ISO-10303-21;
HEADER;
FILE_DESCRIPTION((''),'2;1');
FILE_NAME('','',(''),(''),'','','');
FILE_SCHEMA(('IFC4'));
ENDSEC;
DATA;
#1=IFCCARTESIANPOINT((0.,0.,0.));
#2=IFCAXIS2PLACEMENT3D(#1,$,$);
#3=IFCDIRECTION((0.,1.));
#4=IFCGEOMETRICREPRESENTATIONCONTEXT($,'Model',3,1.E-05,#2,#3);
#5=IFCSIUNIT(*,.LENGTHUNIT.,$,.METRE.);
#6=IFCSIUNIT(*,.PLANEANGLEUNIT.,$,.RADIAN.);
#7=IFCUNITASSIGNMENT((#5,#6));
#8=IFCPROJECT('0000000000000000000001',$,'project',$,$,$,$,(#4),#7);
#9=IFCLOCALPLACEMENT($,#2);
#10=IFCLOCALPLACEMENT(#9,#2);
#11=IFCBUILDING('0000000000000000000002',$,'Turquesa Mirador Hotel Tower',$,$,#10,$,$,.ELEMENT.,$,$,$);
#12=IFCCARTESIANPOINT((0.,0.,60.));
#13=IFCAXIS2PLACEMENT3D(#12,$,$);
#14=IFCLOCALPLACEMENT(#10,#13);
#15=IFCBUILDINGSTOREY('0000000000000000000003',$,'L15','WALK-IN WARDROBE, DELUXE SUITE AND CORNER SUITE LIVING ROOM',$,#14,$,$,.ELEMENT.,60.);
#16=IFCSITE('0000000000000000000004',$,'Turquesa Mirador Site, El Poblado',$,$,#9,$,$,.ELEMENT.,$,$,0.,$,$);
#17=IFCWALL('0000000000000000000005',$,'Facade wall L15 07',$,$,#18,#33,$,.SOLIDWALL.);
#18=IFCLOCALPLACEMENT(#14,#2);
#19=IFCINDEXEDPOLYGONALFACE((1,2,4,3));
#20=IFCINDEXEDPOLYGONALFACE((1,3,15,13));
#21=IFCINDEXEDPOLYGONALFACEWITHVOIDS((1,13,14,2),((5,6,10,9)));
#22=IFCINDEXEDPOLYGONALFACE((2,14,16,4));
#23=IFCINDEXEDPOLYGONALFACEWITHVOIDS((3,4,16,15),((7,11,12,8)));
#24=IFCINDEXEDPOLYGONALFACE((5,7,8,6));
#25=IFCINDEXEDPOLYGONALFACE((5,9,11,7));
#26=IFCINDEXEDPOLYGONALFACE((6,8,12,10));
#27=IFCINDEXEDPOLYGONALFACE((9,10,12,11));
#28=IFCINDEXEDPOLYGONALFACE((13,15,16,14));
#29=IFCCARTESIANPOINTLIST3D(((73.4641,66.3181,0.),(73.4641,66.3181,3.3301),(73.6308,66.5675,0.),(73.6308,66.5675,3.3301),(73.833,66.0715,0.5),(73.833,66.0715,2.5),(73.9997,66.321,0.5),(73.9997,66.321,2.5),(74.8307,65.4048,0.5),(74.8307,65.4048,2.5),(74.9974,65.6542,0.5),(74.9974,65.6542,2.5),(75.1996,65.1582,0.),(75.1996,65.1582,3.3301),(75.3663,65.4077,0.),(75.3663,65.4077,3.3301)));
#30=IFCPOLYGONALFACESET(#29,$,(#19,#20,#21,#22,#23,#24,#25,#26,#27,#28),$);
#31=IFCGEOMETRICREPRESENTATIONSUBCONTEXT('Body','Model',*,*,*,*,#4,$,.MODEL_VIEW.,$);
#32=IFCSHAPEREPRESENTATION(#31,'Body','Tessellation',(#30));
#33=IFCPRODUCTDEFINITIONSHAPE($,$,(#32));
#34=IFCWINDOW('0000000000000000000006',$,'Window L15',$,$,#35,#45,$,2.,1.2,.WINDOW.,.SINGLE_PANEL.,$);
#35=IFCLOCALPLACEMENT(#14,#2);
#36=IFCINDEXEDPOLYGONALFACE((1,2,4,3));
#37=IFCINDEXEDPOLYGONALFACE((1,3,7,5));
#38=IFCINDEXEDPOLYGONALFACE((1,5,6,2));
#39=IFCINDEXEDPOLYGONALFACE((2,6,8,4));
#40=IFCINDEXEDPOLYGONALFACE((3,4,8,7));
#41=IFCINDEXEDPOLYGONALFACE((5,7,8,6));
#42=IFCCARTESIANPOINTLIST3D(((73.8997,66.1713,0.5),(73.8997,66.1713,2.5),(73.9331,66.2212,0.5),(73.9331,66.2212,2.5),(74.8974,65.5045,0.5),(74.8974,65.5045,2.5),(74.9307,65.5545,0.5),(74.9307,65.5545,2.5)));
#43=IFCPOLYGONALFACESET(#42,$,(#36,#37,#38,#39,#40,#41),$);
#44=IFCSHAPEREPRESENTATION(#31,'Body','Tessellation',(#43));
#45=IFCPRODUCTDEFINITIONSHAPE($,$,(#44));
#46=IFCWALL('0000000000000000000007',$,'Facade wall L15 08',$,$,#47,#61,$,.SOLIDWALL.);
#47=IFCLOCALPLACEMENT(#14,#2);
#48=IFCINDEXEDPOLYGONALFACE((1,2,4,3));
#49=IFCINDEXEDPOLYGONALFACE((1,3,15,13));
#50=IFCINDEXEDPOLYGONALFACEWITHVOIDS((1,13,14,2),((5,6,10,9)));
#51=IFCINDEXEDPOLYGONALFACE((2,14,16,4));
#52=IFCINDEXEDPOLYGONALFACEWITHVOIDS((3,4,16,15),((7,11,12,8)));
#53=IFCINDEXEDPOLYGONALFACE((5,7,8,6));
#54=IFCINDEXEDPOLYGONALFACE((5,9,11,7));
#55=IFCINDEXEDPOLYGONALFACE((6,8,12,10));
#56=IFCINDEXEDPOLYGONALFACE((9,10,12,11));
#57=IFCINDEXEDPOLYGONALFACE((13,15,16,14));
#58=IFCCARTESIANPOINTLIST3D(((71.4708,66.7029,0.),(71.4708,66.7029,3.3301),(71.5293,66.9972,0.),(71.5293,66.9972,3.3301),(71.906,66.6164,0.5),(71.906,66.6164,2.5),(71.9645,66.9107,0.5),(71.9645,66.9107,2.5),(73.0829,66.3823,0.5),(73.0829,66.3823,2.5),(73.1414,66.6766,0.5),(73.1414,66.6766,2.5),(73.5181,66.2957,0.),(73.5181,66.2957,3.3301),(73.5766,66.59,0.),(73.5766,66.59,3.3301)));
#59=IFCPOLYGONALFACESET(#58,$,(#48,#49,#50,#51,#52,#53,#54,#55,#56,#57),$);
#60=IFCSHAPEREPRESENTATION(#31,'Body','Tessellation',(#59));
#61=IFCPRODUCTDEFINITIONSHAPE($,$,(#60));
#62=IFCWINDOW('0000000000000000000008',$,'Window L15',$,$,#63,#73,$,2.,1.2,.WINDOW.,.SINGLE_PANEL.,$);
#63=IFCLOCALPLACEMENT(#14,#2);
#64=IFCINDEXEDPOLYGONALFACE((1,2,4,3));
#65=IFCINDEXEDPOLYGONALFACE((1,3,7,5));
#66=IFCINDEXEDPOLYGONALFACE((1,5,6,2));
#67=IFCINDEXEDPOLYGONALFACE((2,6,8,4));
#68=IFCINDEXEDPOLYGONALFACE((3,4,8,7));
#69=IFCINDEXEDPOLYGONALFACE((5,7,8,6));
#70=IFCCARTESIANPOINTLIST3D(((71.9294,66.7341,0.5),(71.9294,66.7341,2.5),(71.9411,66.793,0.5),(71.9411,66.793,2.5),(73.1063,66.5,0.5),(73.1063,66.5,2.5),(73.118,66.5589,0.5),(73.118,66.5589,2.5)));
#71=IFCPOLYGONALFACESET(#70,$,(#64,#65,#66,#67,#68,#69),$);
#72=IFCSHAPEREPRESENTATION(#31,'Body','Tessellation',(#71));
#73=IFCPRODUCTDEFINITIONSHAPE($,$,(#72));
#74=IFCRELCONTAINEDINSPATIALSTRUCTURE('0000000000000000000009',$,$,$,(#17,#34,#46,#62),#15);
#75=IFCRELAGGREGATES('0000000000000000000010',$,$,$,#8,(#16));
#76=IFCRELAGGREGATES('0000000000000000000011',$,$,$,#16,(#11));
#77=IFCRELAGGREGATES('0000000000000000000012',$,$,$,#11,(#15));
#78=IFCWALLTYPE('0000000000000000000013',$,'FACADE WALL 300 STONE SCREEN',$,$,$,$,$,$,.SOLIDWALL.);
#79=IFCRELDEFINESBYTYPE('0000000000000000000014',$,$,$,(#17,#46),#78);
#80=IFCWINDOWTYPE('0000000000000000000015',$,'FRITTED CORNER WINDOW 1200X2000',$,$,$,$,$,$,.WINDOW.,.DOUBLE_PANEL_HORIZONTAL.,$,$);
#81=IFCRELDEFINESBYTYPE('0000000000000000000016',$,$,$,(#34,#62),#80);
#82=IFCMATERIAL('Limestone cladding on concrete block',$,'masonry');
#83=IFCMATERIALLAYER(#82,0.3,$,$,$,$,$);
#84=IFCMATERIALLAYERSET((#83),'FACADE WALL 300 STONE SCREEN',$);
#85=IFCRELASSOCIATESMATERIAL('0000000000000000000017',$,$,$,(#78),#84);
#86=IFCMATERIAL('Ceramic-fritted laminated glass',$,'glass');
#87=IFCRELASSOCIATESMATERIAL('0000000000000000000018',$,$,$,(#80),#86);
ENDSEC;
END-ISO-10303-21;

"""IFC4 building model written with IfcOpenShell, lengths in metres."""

from ifc_helpers import new_model, si_unit, direction, frame, frame_2d, origin, place, context, subcontext, project, spatial, rectangle, extrude, material, layer, layer_set, type_object, element, fill, save


model = new_model("IFC4")

# Units and contexts
model_context = context("Model", 3, precision=1e-05, world=origin(), true_north=direction((0.0, 1.0)))
body_context = subcontext(model_context, "Body", "Model", "MODEL_VIEW")
ifc_project = project(units=[si_unit("LENGTHUNIT", "METRE"), si_unit("PLANEANGLEUNIT", "RADIAN")], contexts=[model_context])

# Site, building, storey
site_placement = place(None, origin())
site = spatial("IfcSite", under=ifc_project, at=site_placement, Name="Turquesa Mirador Site, El Poblado", CompositionType="ELEMENT", RefElevation=0.0)
building_placement = place(site_placement, origin())
building = spatial("IfcBuilding", under=site, at=building_placement, Name="Turquesa Mirador Hotel Tower", CompositionType="ELEMENT")
storey_placement = place(building_placement, frame((0.0, 0.0, 60.0)))
storey = spatial("IfcBuildingStorey", under=building, at=storey_placement, Name="L15", Description="WALK-IN WARDROBE, DELUXE SUITE AND CORNER SUITE LIVING ROOM", CompositionType="ELEMENT", Elevation=60.0)

# Walls, openings, windows
ifc_material_1 = material(Name="Limestone cladding on concrete block", Category="masonry")
ifc_layer = layer(ifc_material_1, 0.3)
ifc_layer_set = layer_set([ifc_layer], Name="FACADE WALL 300 STONE SCREEN")
wall_type = type_object("IfcWallType", Name="FACADE WALL 300 STONE SCREEN", PredefinedType="SOLIDWALL", material=ifc_layer_set)
ifc_material_2 = material(Name="Ceramic-fritted laminated glass", Category="glass")
window_type = type_object("IfcWindowType", Name="FRITTED CORNER WINDOW 1200X2000", PartitioningType="DOUBLE_PANEL_HORIZONTAL", PredefinedType="WINDOW", material=ifc_material_2)
wall_1_placement = place(storey_placement, frame((75.283, 65.283, 0.0), z_axis=(0.0, 0.0, 1.0), x_axis=(-0.83142, 0.555644, 0.0)))
wall_1 = element("IfcWall", 1, at=wall_1_placement, inside=storey, type_object=wall_type, Name="Facade wall L15 07", PredefinedType="SOLIDWALL", context=body_context, shape_type="SweptSolid", body=[
    extrude(rectangle(XDim=2.0874, YDim=0.3, at=frame_2d((1.0437, 0.0))), origin(), (0.0, 0.0, 1.0), 3.3301),
])
opening_1_placement = place(wall_1_placement, frame((0.4436, 0.0, 0.5)))
opening_1 = element("IfcOpeningElement", 2, at=opening_1_placement, cuts=wall_1, PredefinedType="OPENING", context=body_context, shape_type="SweptSolid", body=[
    extrude(rectangle(XDim=1.2, YDim=2.0, at=frame_2d((0.6001, 1.0))), frame((0.0, 0.1599, 0.0), z_axis=(0.0, -1.0, 0.0), x_axis=(1.0, 0.0, 0.0)), (0.0, 0.0, 1.0), 0.3201),
])
window_1_placement = place(opening_1_placement, origin())
window_1 = element("IfcWindow", 3, at=window_1_placement, inside=storey, type_object=window_type, Name="Window L15", OverallHeight=2.0, OverallWidth=1.2, PartitioningType="SINGLE_PANEL", PredefinedType="WINDOW", context=body_context, shape_type="SweptSolid", body=[
    extrude(rectangle(XDim=1.2, YDim=2.0, at=frame_2d((0.6001, 1.0))), frame((0.0, 0.03, 0.0), z_axis=(0.0, -1.0, 0.0), x_axis=(1.0, 0.0, 0.0)), (0.0, 0.0, 1.0), 0.0601),
])
fill(opening_1, window_1)
wall_2_placement = place(storey_placement, frame((73.5474, 66.4429, 0.0), z_axis=(0.0, 0.0, 1.0), x_axis=(-0.980787, 0.195081, 0.0)))
wall_2 = element("IfcWall", 4, at=wall_2_placement, inside=storey, type_object=wall_type, Name="Facade wall L15 08", PredefinedType="SOLIDWALL", context=body_context, shape_type="SweptSolid", body=[
    extrude(rectangle(XDim=2.0874, YDim=0.3, at=frame_2d((1.0437, 0.0))), origin(), (0.0, 0.0, 1.0), 3.3301),
])
opening_2_placement = place(wall_2_placement, frame((0.4436, 0.0, 0.5)))
opening_2 = element("IfcOpeningElement", 5, at=opening_2_placement, cuts=wall_2, PredefinedType="OPENING", context=body_context, shape_type="SweptSolid", body=[
    extrude(rectangle(XDim=1.2, YDim=2.0, at=frame_2d((0.6001, 1.0))), frame((0.0, 0.1599, 0.0), z_axis=(0.0, -1.0, 0.0), x_axis=(1.0, 0.0, 0.0)), (0.0, 0.0, 1.0), 0.3201),
])
window_2_placement = place(opening_2_placement, origin())
window_2 = element("IfcWindow", 6, at=window_2_placement, inside=storey, type_object=window_type, Name="Window L15", OverallHeight=2.0, OverallWidth=1.2, PartitioningType="SINGLE_PANEL", PredefinedType="WINDOW", context=body_context, shape_type="SweptSolid", body=[
    extrude(rectangle(XDim=1.2, YDim=2.0, at=frame_2d((0.6001, 1.0))), frame((0.0, 0.03, 0.0), z_axis=(0.0, -1.0, 0.0), x_axis=(1.0, 0.0, 0.0)), (0.0, 0.0, 1.0), 0.0601),
])
fill(opening_2, window_2)

save(model, "model.ifc")
